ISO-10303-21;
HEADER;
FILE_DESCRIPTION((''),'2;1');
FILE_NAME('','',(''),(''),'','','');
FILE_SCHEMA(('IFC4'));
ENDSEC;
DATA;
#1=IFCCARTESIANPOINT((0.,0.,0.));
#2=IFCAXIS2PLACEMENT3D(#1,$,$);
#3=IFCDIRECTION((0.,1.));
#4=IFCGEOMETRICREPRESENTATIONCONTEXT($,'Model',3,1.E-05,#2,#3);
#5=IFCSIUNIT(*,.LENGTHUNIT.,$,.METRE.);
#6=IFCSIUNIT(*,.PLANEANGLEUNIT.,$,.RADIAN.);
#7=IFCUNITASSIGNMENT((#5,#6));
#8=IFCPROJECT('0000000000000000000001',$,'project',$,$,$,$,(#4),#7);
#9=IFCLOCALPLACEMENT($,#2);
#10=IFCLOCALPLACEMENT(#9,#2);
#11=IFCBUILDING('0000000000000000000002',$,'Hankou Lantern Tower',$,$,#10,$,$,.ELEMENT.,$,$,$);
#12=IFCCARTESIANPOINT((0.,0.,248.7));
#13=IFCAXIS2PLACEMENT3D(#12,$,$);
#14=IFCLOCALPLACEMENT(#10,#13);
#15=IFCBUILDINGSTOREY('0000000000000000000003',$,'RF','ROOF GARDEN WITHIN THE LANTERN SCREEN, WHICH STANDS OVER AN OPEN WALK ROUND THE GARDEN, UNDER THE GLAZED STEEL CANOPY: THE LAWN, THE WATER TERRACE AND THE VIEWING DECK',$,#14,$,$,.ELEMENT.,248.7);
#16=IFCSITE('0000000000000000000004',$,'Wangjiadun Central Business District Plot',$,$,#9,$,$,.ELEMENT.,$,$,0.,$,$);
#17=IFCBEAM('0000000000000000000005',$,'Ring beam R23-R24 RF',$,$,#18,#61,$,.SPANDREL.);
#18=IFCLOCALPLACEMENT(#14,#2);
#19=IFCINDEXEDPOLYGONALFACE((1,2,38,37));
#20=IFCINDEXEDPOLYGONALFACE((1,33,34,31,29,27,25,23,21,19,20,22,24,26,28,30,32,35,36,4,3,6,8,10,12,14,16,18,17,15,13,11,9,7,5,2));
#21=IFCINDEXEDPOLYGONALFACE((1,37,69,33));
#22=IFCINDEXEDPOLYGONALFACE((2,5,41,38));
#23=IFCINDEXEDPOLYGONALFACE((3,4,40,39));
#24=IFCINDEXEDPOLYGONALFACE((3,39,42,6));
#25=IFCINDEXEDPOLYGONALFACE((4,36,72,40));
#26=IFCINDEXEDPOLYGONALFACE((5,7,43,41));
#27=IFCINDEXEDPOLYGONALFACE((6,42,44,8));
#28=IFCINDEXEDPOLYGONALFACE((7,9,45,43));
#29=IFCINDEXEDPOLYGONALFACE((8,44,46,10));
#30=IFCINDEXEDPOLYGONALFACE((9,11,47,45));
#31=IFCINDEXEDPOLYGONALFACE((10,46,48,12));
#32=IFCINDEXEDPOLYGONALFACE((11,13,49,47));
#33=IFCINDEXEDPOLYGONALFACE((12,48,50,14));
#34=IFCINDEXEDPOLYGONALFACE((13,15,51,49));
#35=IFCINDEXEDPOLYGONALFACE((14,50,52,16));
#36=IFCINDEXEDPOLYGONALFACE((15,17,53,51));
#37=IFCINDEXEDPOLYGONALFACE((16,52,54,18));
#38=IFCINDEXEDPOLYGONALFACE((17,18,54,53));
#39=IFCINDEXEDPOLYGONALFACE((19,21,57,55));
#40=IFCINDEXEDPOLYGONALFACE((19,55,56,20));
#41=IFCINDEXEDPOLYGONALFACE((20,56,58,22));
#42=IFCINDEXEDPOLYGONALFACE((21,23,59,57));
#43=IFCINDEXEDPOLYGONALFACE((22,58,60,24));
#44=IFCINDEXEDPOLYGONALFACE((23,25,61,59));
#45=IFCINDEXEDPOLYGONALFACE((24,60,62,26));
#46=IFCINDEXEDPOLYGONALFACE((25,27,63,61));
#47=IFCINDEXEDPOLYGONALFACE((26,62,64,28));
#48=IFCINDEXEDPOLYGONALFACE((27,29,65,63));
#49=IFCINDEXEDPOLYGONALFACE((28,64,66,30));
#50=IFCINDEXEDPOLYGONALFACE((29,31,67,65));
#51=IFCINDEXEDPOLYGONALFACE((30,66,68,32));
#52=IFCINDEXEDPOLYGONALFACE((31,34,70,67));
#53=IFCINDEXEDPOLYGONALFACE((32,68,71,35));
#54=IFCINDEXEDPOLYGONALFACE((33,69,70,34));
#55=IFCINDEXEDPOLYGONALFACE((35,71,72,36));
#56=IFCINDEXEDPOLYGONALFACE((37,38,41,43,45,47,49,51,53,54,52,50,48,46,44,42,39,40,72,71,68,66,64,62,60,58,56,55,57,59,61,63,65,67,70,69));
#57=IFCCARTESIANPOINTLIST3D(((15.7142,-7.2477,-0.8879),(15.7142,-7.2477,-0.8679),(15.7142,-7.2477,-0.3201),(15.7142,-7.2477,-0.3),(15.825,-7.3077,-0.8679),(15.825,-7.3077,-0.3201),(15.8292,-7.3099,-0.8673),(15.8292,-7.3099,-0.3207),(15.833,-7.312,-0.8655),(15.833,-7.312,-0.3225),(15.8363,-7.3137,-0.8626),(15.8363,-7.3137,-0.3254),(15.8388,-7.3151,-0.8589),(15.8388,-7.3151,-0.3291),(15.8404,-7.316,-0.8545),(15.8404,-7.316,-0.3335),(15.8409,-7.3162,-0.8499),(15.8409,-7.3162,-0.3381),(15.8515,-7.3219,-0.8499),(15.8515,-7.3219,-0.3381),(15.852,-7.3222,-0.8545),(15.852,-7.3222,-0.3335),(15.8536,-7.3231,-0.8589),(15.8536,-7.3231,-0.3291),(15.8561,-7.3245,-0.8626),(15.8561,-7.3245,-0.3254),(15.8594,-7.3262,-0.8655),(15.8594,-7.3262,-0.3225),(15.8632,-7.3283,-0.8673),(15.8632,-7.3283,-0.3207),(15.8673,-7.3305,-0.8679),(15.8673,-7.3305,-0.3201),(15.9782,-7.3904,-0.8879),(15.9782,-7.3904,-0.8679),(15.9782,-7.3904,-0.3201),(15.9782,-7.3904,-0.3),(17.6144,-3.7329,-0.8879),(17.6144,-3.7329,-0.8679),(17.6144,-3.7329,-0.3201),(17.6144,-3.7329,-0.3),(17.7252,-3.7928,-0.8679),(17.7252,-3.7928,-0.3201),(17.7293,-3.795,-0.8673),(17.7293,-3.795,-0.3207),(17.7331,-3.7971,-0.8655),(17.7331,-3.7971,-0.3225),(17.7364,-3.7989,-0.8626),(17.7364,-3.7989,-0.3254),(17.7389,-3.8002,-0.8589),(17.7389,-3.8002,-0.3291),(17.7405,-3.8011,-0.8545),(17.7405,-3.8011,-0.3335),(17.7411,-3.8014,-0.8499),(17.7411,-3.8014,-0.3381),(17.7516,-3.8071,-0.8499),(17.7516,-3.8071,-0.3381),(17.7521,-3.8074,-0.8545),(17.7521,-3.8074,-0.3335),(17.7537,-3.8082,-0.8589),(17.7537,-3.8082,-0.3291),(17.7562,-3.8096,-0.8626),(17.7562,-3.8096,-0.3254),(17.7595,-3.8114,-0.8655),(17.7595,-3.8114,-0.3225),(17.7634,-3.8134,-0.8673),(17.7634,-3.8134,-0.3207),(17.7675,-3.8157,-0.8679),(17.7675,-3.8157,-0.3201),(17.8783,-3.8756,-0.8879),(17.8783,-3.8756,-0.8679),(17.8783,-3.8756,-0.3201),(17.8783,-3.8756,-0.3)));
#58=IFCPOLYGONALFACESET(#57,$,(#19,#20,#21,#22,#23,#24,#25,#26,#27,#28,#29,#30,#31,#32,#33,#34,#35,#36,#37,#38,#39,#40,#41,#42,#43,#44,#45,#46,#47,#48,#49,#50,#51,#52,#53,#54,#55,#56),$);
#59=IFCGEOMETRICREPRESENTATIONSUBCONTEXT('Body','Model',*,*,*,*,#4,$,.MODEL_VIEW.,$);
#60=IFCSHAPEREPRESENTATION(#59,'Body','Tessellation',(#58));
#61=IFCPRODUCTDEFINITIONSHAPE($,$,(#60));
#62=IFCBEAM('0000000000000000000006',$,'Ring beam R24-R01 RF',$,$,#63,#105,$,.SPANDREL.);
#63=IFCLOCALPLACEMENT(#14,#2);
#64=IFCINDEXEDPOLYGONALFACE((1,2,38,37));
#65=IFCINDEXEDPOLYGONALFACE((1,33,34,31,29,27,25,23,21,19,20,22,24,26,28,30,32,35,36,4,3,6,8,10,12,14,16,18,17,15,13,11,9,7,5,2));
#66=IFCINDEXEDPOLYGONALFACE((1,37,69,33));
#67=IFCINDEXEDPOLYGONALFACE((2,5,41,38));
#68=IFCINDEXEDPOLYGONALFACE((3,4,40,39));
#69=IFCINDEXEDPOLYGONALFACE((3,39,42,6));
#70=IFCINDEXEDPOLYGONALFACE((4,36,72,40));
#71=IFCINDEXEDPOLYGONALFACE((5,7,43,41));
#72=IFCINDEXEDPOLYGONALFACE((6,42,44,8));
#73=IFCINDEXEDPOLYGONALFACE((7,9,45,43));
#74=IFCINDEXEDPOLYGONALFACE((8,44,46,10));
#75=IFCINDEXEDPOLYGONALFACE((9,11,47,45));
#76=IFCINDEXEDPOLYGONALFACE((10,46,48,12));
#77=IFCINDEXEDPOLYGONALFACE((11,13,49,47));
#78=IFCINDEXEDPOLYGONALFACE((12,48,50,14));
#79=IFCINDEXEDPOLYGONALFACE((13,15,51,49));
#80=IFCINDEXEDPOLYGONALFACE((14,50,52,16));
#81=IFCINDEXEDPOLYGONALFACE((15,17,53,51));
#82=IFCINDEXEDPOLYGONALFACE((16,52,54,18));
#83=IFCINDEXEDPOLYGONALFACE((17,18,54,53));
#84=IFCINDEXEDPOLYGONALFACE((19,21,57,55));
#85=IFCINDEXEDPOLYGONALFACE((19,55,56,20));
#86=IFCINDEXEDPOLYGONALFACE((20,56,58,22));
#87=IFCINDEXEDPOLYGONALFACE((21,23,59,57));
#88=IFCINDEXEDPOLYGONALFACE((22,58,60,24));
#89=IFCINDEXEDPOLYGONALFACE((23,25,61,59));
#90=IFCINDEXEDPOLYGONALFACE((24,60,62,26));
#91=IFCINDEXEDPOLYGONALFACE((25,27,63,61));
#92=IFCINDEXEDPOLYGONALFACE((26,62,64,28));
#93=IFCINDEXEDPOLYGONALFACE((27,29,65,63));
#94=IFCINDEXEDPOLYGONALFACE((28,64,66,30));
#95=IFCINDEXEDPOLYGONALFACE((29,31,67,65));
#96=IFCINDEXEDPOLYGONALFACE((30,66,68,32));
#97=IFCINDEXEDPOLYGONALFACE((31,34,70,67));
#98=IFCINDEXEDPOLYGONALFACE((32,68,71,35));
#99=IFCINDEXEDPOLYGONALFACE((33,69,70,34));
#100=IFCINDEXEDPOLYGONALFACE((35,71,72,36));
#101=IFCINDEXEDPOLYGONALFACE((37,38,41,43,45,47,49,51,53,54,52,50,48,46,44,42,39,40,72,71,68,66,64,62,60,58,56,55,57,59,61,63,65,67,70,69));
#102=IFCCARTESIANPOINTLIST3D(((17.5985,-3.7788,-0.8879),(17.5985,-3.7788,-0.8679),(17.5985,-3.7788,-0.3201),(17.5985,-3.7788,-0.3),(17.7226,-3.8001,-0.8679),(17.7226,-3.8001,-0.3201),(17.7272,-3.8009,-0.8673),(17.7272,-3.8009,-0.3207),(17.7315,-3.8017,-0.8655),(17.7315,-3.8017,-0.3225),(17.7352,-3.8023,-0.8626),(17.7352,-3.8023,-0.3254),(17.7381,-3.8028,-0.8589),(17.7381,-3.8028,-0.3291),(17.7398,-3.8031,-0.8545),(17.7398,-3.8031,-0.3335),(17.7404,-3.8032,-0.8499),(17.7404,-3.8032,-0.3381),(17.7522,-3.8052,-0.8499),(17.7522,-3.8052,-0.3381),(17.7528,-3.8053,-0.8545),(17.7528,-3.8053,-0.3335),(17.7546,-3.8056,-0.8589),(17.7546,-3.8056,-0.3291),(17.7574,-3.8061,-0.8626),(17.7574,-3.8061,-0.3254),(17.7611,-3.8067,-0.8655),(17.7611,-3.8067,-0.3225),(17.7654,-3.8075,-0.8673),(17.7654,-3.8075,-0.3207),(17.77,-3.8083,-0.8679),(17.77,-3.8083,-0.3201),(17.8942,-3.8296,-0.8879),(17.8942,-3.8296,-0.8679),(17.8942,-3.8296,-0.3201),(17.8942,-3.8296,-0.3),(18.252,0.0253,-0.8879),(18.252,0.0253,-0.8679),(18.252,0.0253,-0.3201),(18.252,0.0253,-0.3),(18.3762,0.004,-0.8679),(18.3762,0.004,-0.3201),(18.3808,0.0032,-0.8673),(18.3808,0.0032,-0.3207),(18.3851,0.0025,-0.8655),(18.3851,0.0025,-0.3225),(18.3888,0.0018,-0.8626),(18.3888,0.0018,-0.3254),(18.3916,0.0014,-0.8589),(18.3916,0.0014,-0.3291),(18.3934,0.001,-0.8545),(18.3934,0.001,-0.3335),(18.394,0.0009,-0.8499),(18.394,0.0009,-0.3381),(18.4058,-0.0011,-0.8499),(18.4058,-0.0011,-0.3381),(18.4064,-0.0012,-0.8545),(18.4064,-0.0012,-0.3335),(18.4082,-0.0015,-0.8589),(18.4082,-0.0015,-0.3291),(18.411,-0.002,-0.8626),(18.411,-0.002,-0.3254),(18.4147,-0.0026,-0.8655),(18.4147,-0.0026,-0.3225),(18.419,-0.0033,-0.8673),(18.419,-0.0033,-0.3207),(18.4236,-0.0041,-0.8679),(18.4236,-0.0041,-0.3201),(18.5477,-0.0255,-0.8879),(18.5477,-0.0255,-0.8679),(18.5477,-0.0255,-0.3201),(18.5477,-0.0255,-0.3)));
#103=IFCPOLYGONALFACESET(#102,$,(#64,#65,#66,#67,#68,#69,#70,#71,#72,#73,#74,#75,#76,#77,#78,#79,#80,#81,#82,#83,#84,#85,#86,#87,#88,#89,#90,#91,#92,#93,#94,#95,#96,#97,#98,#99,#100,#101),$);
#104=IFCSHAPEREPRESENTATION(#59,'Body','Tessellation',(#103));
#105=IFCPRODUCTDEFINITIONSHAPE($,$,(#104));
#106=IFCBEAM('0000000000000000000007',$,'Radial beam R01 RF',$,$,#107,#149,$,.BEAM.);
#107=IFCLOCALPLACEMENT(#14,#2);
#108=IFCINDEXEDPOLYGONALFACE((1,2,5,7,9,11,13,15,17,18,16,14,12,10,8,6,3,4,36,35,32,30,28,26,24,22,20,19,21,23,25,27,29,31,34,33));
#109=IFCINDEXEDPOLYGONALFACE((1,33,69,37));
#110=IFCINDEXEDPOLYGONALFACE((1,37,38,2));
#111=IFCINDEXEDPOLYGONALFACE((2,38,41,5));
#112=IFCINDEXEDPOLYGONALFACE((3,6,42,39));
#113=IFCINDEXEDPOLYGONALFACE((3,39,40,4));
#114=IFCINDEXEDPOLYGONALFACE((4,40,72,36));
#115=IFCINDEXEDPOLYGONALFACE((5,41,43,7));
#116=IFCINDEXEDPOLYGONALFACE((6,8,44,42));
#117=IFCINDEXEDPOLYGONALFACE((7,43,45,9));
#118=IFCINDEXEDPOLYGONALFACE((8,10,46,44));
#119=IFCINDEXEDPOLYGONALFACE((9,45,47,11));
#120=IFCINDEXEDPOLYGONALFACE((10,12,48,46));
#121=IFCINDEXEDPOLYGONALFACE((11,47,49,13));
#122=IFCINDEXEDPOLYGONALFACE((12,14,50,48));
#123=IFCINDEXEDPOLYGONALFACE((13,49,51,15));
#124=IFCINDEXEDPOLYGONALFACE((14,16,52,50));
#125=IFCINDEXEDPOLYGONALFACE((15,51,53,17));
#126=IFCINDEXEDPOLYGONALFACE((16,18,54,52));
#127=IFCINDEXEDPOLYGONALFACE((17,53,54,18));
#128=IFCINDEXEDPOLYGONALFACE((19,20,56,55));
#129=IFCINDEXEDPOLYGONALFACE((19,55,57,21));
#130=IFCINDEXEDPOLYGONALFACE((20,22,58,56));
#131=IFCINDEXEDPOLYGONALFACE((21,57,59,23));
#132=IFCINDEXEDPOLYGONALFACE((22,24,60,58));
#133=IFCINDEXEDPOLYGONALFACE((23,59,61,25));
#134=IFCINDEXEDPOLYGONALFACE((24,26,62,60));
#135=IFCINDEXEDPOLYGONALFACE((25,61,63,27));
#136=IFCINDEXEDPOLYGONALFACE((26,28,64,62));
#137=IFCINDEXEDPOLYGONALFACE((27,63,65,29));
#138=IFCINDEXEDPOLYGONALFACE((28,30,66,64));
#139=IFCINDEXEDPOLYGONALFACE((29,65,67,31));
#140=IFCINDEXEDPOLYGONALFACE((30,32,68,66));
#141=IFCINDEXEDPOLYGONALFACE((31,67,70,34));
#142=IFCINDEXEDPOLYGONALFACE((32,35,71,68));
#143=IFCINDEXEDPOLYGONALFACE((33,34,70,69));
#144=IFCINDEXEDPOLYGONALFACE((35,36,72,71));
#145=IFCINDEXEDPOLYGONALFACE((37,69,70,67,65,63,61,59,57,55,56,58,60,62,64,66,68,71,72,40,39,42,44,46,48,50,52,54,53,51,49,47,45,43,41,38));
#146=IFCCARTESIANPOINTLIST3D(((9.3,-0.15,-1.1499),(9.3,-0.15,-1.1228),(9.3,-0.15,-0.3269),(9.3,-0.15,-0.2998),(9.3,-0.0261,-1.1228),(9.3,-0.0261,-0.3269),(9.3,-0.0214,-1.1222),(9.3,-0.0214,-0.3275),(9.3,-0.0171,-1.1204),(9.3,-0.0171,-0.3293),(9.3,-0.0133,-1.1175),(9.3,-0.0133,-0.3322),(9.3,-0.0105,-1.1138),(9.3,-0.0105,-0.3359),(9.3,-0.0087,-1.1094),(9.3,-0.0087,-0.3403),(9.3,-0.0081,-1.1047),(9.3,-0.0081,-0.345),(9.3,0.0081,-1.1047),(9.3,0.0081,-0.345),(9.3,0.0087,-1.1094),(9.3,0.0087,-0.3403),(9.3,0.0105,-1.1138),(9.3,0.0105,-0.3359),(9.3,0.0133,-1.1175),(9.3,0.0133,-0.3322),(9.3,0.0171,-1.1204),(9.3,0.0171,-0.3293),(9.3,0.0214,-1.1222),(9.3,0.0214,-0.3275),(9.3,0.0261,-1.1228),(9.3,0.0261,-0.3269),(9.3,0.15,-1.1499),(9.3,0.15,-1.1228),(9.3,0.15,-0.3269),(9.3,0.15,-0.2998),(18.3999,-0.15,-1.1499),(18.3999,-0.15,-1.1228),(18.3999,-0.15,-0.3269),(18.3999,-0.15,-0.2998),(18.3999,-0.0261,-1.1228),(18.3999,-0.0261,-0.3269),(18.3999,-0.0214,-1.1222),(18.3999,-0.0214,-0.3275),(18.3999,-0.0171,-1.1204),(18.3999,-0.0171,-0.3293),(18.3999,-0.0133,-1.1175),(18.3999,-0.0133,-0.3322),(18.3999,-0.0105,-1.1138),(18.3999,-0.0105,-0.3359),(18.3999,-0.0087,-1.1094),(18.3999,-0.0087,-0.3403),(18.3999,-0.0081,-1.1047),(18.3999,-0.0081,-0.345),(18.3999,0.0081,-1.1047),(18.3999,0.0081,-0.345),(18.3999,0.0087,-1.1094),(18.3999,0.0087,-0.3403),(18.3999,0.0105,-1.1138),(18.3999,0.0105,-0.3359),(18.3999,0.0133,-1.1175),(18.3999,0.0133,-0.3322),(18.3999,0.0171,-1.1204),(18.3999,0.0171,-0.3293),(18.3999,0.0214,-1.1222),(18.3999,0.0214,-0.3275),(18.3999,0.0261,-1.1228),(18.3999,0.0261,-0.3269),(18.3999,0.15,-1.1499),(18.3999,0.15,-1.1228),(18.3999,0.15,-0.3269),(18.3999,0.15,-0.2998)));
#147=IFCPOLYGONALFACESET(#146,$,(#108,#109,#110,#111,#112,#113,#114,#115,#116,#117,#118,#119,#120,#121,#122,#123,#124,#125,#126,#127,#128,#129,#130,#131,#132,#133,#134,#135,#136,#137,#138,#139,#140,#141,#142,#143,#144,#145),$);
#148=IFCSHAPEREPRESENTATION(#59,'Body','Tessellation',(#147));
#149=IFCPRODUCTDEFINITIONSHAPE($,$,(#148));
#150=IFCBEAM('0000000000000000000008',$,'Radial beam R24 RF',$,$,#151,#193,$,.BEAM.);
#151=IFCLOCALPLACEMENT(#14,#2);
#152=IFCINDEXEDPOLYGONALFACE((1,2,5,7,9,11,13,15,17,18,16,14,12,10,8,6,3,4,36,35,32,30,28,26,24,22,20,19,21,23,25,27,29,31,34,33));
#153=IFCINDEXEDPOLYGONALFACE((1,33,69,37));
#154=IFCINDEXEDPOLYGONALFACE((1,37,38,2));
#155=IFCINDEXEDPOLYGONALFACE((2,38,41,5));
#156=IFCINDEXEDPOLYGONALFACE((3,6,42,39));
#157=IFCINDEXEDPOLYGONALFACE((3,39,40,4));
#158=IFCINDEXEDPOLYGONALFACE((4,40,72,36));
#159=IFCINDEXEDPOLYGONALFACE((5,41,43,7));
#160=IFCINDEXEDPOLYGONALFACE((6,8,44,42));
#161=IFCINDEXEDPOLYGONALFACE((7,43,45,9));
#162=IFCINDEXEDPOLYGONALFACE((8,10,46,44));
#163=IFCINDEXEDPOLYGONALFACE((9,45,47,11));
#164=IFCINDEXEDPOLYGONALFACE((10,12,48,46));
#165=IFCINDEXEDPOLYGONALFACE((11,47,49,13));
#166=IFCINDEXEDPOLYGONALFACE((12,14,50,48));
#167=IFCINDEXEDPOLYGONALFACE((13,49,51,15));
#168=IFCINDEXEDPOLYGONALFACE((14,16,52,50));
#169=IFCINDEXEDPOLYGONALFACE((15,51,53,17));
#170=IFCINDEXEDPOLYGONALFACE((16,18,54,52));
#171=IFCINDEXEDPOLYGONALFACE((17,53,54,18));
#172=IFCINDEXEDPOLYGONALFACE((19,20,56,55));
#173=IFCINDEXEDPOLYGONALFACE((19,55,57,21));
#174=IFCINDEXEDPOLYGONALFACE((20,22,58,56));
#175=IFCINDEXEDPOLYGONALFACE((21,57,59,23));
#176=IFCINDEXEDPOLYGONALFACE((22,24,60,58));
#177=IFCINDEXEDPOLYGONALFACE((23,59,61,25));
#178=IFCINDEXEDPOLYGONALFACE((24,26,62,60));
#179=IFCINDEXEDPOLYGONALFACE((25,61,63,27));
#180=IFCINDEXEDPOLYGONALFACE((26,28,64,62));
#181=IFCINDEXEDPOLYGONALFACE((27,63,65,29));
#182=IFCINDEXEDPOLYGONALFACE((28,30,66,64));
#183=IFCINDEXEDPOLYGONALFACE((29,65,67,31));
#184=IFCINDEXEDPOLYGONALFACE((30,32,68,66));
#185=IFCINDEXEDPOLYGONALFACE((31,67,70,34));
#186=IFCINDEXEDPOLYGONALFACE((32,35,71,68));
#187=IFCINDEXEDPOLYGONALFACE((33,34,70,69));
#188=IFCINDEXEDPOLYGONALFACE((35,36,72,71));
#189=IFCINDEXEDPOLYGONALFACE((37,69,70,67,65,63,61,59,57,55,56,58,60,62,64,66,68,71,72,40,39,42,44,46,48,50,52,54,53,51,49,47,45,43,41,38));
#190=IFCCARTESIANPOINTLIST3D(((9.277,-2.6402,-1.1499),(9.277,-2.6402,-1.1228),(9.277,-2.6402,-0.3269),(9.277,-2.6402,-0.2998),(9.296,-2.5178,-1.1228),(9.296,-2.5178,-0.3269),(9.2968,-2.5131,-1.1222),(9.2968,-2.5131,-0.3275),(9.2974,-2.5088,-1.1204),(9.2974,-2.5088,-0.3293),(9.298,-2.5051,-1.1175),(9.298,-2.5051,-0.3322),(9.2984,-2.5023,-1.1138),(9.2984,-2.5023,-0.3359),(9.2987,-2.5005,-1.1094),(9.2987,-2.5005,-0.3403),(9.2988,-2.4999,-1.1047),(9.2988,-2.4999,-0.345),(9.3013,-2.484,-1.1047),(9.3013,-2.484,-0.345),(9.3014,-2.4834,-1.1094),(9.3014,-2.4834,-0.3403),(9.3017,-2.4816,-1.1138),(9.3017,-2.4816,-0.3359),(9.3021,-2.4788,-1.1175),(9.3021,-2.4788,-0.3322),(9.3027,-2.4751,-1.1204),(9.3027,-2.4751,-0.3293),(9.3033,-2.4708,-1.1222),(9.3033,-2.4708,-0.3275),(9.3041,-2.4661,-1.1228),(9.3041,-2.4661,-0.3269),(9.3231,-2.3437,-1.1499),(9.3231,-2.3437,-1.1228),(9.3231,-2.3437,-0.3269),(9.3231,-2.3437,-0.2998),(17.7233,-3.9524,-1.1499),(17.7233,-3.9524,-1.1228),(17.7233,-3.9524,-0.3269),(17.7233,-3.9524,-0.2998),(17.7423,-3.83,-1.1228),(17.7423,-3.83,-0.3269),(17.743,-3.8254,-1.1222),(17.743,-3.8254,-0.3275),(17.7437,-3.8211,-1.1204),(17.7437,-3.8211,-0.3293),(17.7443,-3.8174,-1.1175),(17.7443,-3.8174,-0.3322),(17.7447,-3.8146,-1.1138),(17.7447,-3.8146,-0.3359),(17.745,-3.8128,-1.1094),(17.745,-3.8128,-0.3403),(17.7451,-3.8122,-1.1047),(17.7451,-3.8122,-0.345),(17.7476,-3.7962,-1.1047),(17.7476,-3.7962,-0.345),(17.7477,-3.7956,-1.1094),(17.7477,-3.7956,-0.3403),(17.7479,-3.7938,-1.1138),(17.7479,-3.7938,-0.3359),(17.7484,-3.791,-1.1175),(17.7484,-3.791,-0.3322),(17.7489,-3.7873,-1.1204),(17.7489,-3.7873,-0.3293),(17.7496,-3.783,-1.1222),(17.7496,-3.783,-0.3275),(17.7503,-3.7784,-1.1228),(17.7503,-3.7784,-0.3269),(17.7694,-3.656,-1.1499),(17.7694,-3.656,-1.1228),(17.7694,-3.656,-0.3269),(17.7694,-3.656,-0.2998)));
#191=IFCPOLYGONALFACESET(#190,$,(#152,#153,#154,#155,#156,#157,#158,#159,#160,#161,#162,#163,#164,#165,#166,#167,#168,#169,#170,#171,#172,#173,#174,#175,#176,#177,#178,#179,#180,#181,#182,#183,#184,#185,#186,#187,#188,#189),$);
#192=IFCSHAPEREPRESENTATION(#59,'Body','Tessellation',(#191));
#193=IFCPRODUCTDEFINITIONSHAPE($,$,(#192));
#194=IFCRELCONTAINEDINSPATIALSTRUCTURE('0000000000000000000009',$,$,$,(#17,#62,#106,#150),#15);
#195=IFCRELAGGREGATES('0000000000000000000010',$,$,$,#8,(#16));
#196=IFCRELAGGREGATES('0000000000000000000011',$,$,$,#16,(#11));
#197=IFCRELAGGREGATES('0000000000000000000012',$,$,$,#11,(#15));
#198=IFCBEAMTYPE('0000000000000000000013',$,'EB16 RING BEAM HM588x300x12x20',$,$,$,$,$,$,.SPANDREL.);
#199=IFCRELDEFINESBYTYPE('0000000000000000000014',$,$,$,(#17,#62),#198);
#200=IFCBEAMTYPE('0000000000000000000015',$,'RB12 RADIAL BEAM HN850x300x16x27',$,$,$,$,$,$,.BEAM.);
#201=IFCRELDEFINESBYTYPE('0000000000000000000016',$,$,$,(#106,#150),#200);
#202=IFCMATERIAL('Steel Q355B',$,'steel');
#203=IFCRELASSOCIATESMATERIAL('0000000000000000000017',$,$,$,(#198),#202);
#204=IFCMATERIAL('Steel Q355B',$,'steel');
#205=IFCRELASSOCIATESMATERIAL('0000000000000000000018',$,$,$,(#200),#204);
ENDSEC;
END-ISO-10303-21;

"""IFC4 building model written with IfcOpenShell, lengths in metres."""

from ifc_helpers import new_model, si_unit, direction, frame, origin, origin_2d, place, context, subcontext, project, spatial, i_section, extrude, material, material_profile, profile_set, type_object, element, save


model = new_model("IFC4")

# Units and contexts
model_context = context("Model", 3, precision=1e-05, world=origin(), true_north=direction((0.0, 1.0)))
body_context = subcontext(model_context, "Body", "Model", "MODEL_VIEW")
ifc_project = project(units=[si_unit("LENGTHUNIT", "METRE"), si_unit("PLANEANGLEUNIT", "RADIAN")], contexts=[model_context])

# Site, building, storey
site_placement = place(None, origin())
site = spatial("IfcSite", under=ifc_project, at=site_placement, Name="Wangjiadun Central Business District Plot", CompositionType="ELEMENT", RefElevation=0.0)
building_placement = place(site_placement, origin())
building = spatial("IfcBuilding", under=site, at=building_placement, Name="Hankou Lantern Tower", CompositionType="ELEMENT")
storey_placement = place(building_placement, frame((0.0, 0.0, 248.7)))
storey = spatial("IfcBuildingStorey", under=building, at=storey_placement, Name="RF", Description="ROOF GARDEN WITHIN THE LANTERN SCREEN, WHICH STANDS OVER AN OPEN WALK ROUND THE GARDEN, UNDER THE GLAZED STEEL CANOPY: THE LAWN, THE WATER TERRACE AND THE VIEWING DECK", CompositionType="ELEMENT", Elevation=248.7)

# Beams
ifc_material_1 = material(Name="Steel Q355B", Category="steel")
ifc_material_profile_1 = material_profile(ifc_material_1, i_section(OverallWidth=0.3, OverallDepth=0.5879, WebThickness=0.012, FlangeThickness=0.02, FilletRadius=0.0181, at=origin_2d()), Name="HM588x300x12x20")
ifc_profile_set_1 = profile_set([ifc_material_profile_1], Name="Steel Q355B")
beam_type_1 = type_object("IfcBeamType", Name="EB16 RING BEAM HM588x300x12x20", PredefinedType="SPANDREL", material=ifc_profile_set_1)
beam_1_placement = place(storey_placement, frame((15.8462, -7.3191, -0.594), z_axis=(0.475557, 0.879685, 0.0), x_axis=(-0.879685, 0.475557, 0.0)))
element("IfcBeam", 1, at=beam_1_placement, inside=storey, type_object=beam_type_1, Name="Ring beam R23-R24 RF", PredefinedType="SPANDREL", context=body_context, shape_type="SweptSolid", body=[
    extrude(i_section(OverallWidth=0.3, OverallDepth=0.5879, WebThickness=0.012, FlangeThickness=0.02, FilletRadius=0.0181, at=origin_2d()), origin(), (0.0, 0.0, 1.0), 3.9956),
])
beam_2_placement = place(storey_placement, frame((17.7463, -3.8042, -0.594), z_axis=(0.16932, 0.985561, 0.0), x_axis=(-0.985561, 0.16932, 0.0)))
element("IfcBeam", 2, at=beam_2_placement, inside=storey, type_object=beam_type_1, Name="Ring beam R24-R01 RF", PredefinedType="SPANDREL", context=body_context, shape_type="SweptSolid", body=[
    extrude(i_section(OverallWidth=0.3, OverallDepth=0.5879, WebThickness=0.012, FlangeThickness=0.02, FilletRadius=0.0181, at=origin_2d()), origin(), (0.0, 0.0, 1.0), 3.8599),
])
ifc_material_2 = material(Name="Steel Q355B", Category="steel")
ifc_material_profile_2 = material_profile(ifc_material_2, i_section(OverallWidth=0.3, OverallDepth=0.8501, WebThickness=0.0161, FlangeThickness=0.0271, FilletRadius=0.0181, at=origin_2d()), Name="HN850x300x16x27")
ifc_profile_set_2 = profile_set([ifc_material_profile_2], Name="Steel Q355B")
beam_type_2 = type_object("IfcBeamType", Name="RB12 RADIAL BEAM HN850x300x16x27", PredefinedType="BEAM", material=ifc_profile_set_2)
beam_3_placement = place(storey_placement, frame((9.3, 0.0, -0.7249), z_axis=(1.0, 0.0, 0.0), x_axis=(0.0, 1.0, 0.0)))
element("IfcBeam", 3, at=beam_3_placement, inside=storey, type_object=beam_type_2, Name="Radial beam R01 RF", PredefinedType="BEAM", context=body_context, shape_type="SweptSolid", body=[
    extrude(i_section(OverallWidth=0.3, OverallDepth=0.8501, WebThickness=0.0161, FlangeThickness=0.0271, FilletRadius=0.0181, at=origin_2d()), origin(), (0.0, 0.0, 1.0), 9.0999),
])
beam_4_placement = place(storey_placement, frame((9.3, -2.4919, -0.7249), z_axis=(0.988145, -0.153523, 0.0), x_axis=(0.153523, 0.988145, 0.0)))
element("IfcBeam", 4, at=beam_4_placement, inside=storey, type_object=beam_type_2, Name="Radial beam R24 RF", PredefinedType="BEAM", context=body_context, shape_type="SweptSolid", body=[
    extrude(i_section(OverallWidth=0.3, OverallDepth=0.8501, WebThickness=0.0161, FlangeThickness=0.0271, FilletRadius=0.0181, at=origin_2d()), origin(), (0.0, 0.0, 1.0), 8.5476),
])

save(model, "model.ifc")
